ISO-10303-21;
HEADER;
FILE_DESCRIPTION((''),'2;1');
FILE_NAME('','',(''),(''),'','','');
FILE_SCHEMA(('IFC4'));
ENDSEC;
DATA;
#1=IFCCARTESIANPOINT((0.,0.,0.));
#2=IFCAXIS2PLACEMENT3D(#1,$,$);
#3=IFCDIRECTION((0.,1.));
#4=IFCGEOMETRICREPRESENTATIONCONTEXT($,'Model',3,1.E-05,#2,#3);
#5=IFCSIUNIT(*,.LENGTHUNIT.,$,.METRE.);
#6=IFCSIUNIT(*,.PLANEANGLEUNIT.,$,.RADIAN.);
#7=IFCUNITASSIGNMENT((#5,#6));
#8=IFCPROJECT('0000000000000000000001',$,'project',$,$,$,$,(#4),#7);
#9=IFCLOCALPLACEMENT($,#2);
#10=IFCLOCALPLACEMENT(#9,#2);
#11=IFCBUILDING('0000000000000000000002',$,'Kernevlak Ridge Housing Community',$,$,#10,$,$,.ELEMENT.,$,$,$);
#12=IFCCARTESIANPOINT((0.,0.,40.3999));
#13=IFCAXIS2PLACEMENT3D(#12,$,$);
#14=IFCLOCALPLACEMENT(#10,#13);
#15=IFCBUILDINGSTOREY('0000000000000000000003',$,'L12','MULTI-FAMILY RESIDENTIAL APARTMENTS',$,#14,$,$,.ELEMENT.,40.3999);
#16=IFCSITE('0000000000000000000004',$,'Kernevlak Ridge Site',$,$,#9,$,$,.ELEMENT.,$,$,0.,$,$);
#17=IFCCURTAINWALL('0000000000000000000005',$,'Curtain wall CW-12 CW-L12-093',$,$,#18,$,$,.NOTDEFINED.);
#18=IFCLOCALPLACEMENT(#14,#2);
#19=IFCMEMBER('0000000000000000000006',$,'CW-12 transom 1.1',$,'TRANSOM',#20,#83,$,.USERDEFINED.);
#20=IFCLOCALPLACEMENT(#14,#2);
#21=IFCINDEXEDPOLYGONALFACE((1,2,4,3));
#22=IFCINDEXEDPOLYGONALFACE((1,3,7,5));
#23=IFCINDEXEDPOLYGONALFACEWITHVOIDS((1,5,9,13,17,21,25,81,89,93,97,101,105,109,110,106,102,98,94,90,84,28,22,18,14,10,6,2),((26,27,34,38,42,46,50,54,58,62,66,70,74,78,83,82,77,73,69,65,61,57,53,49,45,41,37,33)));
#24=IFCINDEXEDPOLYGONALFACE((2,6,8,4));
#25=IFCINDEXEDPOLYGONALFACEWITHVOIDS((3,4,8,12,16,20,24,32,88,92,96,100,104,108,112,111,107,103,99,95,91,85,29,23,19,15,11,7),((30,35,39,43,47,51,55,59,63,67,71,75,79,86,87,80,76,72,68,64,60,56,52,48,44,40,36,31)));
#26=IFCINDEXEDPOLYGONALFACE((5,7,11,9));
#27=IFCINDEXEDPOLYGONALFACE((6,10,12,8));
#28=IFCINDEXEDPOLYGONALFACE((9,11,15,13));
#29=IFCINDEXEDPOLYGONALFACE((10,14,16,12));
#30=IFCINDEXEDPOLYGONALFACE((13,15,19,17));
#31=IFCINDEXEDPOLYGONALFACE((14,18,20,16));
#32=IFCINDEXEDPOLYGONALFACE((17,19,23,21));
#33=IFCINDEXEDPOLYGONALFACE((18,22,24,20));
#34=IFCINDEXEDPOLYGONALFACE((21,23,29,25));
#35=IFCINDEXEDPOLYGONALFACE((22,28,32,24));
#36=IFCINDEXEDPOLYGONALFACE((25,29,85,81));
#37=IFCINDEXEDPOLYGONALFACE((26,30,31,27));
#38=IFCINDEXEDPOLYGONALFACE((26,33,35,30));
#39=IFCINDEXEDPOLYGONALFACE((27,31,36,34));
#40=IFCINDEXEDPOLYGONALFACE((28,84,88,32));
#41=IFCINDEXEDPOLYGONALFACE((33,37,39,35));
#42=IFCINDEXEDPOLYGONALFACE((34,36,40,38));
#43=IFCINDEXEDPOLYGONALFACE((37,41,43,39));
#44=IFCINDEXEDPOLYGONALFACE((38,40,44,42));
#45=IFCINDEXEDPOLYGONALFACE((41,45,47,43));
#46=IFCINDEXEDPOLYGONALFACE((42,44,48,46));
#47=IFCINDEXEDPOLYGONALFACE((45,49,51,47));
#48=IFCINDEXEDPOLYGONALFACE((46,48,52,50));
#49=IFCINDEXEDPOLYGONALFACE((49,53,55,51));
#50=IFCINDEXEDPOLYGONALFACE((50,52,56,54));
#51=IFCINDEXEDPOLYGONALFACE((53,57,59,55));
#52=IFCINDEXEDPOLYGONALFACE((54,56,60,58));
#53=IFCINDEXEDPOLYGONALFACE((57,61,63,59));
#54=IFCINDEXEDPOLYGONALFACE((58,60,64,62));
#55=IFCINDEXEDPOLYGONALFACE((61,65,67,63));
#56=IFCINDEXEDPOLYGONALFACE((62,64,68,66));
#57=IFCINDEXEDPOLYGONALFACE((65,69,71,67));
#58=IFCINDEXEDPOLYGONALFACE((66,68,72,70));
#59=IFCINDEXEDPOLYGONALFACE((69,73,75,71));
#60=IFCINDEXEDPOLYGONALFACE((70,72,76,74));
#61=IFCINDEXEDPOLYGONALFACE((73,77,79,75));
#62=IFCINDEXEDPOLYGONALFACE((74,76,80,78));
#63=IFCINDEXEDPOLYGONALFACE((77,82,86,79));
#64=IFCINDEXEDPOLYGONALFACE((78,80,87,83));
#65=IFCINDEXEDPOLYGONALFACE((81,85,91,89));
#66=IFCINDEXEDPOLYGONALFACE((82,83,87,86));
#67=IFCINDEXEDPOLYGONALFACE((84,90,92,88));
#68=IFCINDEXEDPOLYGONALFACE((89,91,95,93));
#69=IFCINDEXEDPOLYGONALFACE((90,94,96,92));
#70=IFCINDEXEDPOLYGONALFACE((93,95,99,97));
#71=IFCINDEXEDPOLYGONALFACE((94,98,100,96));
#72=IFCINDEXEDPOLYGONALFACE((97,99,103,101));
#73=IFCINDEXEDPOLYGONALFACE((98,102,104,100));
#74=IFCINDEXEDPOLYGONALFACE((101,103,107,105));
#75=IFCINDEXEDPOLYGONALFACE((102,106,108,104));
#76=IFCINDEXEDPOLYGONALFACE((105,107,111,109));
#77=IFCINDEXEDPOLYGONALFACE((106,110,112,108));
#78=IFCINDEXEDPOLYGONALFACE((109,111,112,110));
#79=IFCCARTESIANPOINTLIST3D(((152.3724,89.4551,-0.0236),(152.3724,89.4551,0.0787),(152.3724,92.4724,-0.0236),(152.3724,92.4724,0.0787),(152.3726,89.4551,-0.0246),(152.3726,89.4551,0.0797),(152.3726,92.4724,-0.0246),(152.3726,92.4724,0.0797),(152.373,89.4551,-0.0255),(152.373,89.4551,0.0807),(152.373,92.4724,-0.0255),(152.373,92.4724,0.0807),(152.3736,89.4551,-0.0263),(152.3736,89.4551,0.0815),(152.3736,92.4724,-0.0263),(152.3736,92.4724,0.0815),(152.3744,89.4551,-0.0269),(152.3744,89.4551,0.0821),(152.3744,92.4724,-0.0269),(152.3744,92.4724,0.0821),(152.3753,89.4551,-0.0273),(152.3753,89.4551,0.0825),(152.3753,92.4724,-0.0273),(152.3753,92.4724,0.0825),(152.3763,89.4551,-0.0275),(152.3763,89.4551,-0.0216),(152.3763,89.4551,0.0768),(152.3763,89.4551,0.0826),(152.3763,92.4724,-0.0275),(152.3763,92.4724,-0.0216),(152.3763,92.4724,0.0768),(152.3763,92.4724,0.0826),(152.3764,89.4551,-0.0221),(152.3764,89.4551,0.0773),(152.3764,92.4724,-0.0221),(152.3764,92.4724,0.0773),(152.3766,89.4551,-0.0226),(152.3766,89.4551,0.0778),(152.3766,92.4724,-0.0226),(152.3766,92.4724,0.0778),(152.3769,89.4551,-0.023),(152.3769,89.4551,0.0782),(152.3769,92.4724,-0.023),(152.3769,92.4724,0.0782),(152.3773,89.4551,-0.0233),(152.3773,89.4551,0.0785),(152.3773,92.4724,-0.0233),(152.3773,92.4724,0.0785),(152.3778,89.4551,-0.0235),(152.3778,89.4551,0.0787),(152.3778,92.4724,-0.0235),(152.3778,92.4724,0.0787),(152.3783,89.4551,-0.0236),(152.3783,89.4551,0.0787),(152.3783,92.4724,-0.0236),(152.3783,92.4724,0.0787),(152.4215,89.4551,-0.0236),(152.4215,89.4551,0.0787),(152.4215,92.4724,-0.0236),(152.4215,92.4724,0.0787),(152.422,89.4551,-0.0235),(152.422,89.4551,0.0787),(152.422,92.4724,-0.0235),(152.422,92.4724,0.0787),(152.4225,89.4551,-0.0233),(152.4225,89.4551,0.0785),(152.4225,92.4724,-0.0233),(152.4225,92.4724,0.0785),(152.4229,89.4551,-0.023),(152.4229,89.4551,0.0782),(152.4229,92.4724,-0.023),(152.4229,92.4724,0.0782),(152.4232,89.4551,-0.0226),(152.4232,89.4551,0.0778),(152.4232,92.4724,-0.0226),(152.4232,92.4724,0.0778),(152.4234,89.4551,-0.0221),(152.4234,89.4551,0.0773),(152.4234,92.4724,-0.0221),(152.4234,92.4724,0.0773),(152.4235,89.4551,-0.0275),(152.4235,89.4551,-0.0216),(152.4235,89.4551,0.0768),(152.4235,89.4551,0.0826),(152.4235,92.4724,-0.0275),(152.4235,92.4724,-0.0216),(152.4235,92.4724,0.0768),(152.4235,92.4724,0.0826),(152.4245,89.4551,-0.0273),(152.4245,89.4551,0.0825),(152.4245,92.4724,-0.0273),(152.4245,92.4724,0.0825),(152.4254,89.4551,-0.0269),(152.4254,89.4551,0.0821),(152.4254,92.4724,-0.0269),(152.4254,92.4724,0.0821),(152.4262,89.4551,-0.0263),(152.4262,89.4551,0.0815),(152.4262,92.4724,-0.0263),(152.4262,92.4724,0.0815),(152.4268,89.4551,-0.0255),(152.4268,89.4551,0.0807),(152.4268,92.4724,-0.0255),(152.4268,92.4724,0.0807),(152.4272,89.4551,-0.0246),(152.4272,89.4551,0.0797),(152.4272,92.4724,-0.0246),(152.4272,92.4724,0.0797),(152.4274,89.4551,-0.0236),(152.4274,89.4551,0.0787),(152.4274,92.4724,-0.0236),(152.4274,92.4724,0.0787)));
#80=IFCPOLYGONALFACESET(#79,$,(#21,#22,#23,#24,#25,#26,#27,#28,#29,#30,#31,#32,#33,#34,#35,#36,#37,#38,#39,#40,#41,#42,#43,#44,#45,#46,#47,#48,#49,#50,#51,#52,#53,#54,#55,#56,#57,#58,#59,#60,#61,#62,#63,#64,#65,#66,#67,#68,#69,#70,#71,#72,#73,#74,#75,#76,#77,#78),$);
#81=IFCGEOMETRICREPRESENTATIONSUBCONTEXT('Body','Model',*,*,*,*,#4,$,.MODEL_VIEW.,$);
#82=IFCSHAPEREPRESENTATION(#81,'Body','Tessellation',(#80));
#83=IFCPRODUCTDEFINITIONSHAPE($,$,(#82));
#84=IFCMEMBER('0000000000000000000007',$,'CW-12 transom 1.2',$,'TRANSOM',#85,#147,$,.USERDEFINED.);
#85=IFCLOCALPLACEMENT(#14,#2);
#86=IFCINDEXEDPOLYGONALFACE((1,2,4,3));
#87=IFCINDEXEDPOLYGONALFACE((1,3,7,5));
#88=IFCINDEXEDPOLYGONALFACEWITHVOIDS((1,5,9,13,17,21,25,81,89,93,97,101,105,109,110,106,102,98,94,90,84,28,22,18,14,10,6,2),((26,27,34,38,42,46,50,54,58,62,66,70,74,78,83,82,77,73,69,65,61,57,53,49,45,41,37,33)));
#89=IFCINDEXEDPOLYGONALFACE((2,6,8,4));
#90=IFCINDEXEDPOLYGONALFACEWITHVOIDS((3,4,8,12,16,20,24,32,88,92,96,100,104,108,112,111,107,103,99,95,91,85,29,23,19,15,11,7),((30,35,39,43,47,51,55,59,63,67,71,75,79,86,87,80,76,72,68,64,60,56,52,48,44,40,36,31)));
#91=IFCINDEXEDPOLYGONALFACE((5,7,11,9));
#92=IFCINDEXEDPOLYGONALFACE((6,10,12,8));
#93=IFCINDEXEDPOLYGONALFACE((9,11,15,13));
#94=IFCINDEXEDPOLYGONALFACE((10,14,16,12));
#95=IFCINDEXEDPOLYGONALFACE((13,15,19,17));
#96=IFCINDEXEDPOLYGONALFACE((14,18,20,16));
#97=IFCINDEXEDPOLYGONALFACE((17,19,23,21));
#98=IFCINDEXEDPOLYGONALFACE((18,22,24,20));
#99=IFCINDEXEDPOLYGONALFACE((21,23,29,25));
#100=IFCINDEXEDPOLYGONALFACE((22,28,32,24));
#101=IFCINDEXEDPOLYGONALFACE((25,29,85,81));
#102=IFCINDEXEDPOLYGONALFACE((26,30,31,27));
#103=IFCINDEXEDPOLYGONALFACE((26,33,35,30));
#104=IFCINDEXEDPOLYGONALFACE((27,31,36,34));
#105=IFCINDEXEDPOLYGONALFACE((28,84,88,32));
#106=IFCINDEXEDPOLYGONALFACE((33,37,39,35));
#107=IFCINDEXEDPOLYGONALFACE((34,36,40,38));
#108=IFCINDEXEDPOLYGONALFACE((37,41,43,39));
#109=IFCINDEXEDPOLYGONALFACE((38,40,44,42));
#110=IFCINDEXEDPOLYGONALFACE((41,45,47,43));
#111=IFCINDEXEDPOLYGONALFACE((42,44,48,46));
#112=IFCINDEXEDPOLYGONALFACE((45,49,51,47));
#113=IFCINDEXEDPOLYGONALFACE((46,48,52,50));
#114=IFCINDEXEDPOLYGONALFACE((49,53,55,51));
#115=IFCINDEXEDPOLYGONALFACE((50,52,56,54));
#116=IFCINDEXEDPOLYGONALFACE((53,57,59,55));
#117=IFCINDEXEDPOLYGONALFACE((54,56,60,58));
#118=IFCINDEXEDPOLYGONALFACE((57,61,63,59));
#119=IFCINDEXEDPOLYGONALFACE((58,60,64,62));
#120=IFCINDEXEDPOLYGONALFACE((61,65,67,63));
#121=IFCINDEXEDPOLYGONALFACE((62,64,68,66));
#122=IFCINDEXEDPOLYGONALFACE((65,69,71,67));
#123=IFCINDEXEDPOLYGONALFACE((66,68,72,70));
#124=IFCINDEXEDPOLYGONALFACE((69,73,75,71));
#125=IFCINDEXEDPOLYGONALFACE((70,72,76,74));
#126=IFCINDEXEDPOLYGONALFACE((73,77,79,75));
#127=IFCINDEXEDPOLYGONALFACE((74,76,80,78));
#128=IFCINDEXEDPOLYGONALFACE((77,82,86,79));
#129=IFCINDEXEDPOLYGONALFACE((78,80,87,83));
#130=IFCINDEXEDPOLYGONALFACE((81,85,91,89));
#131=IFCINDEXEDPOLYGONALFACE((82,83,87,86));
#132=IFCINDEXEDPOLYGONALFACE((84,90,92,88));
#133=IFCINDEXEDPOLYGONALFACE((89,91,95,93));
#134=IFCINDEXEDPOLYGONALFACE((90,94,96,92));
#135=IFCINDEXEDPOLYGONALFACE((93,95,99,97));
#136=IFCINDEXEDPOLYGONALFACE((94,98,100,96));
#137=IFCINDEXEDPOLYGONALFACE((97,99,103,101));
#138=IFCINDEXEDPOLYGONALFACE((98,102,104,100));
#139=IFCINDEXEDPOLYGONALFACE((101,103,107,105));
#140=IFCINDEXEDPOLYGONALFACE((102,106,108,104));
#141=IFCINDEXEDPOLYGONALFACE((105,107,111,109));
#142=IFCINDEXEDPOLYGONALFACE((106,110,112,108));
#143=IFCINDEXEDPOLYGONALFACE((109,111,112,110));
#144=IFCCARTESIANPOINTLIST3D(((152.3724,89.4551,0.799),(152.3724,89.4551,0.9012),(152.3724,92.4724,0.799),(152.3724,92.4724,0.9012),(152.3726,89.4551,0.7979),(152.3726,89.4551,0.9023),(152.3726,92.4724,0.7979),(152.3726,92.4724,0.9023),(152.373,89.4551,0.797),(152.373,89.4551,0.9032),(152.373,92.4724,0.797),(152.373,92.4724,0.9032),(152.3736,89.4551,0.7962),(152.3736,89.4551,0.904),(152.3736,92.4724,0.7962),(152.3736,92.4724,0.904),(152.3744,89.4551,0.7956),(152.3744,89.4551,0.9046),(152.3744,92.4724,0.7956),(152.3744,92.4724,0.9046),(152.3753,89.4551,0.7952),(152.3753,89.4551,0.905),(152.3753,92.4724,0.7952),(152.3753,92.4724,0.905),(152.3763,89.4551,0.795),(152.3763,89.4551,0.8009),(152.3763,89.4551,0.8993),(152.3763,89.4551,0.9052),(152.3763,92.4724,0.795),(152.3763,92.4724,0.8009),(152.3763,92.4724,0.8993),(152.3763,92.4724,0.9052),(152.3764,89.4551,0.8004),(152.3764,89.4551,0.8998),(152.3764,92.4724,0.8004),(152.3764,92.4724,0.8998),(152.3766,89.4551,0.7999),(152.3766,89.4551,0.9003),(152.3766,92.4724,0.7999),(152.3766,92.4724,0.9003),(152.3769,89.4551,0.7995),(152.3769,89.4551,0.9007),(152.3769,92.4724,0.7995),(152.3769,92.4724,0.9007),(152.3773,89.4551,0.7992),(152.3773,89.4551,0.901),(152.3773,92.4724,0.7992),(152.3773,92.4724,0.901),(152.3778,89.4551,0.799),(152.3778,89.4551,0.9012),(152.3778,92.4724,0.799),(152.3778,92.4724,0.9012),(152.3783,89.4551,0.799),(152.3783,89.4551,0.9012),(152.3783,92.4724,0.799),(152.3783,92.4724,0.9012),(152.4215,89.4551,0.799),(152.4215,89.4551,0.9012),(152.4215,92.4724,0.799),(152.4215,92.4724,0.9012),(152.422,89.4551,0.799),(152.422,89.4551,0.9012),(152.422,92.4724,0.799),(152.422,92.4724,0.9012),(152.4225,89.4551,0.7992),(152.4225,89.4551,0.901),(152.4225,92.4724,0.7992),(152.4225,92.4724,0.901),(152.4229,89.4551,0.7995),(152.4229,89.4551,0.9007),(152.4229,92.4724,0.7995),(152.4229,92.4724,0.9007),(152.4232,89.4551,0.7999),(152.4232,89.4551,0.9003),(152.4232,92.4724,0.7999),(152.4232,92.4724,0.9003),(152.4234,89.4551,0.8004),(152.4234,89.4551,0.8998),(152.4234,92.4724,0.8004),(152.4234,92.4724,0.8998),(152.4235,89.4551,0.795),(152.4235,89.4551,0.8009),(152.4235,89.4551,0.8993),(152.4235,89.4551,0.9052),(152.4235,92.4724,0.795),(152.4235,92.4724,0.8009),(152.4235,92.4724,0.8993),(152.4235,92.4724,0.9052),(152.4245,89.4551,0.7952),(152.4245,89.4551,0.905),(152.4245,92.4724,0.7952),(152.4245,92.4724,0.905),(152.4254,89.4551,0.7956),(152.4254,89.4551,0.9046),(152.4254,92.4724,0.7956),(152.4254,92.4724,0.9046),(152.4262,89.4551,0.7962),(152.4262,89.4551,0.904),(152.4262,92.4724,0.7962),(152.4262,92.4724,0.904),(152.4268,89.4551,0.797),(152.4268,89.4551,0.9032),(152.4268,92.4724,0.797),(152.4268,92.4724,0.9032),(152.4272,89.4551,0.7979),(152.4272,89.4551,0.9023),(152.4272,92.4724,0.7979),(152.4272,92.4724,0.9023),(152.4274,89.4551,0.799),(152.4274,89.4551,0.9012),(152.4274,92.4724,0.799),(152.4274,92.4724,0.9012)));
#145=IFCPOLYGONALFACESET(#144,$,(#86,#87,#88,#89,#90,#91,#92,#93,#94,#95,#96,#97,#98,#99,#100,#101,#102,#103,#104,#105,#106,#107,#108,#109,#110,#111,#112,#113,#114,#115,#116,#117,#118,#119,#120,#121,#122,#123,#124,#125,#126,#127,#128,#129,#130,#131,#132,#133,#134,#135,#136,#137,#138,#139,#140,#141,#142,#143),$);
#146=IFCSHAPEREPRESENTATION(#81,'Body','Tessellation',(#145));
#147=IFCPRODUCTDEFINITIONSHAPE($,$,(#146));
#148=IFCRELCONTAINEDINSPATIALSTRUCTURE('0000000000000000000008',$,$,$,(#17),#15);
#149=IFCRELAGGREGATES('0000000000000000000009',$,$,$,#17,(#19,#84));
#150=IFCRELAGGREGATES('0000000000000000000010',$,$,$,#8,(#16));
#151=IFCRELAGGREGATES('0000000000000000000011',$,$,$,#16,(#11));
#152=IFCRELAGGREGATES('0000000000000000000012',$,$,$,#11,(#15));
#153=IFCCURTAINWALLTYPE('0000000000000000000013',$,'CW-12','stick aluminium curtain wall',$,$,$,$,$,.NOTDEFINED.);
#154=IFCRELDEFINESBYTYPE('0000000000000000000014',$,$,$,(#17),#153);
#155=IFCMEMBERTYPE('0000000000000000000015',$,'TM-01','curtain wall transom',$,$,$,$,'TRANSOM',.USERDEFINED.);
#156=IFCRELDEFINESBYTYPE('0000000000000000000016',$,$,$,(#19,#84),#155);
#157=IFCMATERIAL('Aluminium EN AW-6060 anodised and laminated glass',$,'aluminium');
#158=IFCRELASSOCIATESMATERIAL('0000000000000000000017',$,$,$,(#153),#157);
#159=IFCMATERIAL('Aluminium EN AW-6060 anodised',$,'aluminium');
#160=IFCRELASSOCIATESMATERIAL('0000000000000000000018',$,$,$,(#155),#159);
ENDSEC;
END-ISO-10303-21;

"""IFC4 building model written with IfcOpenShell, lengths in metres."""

from ifc_helpers import new_model, si_unit, direction, frame, origin, origin_2d, place, context, subcontext, project, spatial, hollow_rectangle, extrude, material, material_profile, profile_set, type_object, element, aggregate, save


model = new_model("IFC4")

# Units and contexts
model_context = context("Model", 3, precision=1e-05, world=origin(), true_north=direction((0.0, 1.0)))
body_context = subcontext(model_context, "Body", "Model", "MODEL_VIEW")
ifc_project = project(units=[si_unit("LENGTHUNIT", "METRE"), si_unit("PLANEANGLEUNIT", "RADIAN")], contexts=[model_context])

# Site, building, storey
site_placement = place(None, origin())
site = spatial("IfcSite", under=ifc_project, at=site_placement, Name="Kernevlak Ridge Site", CompositionType="ELEMENT", RefElevation=0.0)
building_placement = place(site_placement, origin())
building = spatial("IfcBuilding", under=site, at=building_placement, Name="Kernevlak Ridge Housing Community", CompositionType="ELEMENT")
storey_placement = place(building_placement, frame((0.0, 0.0, 40.3999)))
storey = spatial("IfcBuildingStorey", under=building, at=storey_placement, Name="L12", Description="MULTI-FAMILY RESIDENTIAL APARTMENTS", CompositionType="ELEMENT", Elevation=40.3999)

# Curtain wall
ifc_material_1 = material(Name="Aluminium EN AW-6060 anodised and laminated glass", Category="aluminium")
curtain_wall_type = type_object("IfcCurtainWallType", Name="CW-12", Description="stick aluminium curtain wall", PredefinedType="NOTDEFINED", material=ifc_material_1)
curtain_wall_placement = place(storey_placement, origin())
curtain_wall = element("IfcCurtainWall", 1, at=curtain_wall_placement, inside=storey, type_object=curtain_wall_type, Name="Curtain wall CW-12 CW-L12-093", PredefinedType="NOTDEFINED")
ifc_material_2 = material(Name="Aluminium EN AW-6060 anodised", Category="aluminium")

# Members
ifc_material_profile_1 = material_profile(ifc_material_2, hollow_rectangle(XDim=0.0549, YDim=0.1101, WallThickness=0.0039, InnerFilletRadius=0.002, OuterFilletRadius=0.0039, at=origin_2d()), Name="ALU 55x110x4")
ifc_profile_set_1 = profile_set([ifc_material_profile_1], Name="Aluminium EN AW-6060 anodised")
member_type_1 = type_object("IfcMemberType", Name="TM-01", Description="curtain wall transom", ElementType="TRANSOM", PredefinedType="USERDEFINED", material=ifc_profile_set_1)
member_1_placement = place(storey_placement, frame((152.3999, 89.4551, 0.0276), z_axis=(0.0, 1.0, 0.0), x_axis=(-1.0, 0.0, 0.0)))
member_1 = element("IfcMember", 2, at=member_1_placement, type_object=member_type_1, Name="CW-12 transom 1.1", ObjectType="TRANSOM", PredefinedType="USERDEFINED", context=body_context, shape_type="SweptSolid", body=[
    extrude(hollow_rectangle(XDim=0.0549, YDim=0.1101, WallThickness=0.0039, InnerFilletRadius=0.002, OuterFilletRadius=0.0039, at=origin_2d()), origin(), (0.0, 0.0, 1.0), 3.0173),
])
member_2_placement = place(storey_placement, frame((152.3999, 89.4551, 0.8501), z_axis=(0.0, 1.0, 0.0), x_axis=(-1.0, 0.0, 0.0)))
member_2 = element("IfcMember", 3, at=member_2_placement, type_object=member_type_1, Name="CW-12 transom 1.2", ObjectType="TRANSOM", PredefinedType="USERDEFINED", context=body_context, shape_type="SweptSolid", body=[
    extrude(hollow_rectangle(XDim=0.0549, YDim=0.1101, WallThickness=0.0039, InnerFilletRadius=0.002, OuterFilletRadius=0.0039, at=origin_2d()), origin(), (0.0, 0.0, 1.0), 3.0173),
])

aggregate(curtain_wall, [member_1, member_2])

save(model, "model.ifc")
